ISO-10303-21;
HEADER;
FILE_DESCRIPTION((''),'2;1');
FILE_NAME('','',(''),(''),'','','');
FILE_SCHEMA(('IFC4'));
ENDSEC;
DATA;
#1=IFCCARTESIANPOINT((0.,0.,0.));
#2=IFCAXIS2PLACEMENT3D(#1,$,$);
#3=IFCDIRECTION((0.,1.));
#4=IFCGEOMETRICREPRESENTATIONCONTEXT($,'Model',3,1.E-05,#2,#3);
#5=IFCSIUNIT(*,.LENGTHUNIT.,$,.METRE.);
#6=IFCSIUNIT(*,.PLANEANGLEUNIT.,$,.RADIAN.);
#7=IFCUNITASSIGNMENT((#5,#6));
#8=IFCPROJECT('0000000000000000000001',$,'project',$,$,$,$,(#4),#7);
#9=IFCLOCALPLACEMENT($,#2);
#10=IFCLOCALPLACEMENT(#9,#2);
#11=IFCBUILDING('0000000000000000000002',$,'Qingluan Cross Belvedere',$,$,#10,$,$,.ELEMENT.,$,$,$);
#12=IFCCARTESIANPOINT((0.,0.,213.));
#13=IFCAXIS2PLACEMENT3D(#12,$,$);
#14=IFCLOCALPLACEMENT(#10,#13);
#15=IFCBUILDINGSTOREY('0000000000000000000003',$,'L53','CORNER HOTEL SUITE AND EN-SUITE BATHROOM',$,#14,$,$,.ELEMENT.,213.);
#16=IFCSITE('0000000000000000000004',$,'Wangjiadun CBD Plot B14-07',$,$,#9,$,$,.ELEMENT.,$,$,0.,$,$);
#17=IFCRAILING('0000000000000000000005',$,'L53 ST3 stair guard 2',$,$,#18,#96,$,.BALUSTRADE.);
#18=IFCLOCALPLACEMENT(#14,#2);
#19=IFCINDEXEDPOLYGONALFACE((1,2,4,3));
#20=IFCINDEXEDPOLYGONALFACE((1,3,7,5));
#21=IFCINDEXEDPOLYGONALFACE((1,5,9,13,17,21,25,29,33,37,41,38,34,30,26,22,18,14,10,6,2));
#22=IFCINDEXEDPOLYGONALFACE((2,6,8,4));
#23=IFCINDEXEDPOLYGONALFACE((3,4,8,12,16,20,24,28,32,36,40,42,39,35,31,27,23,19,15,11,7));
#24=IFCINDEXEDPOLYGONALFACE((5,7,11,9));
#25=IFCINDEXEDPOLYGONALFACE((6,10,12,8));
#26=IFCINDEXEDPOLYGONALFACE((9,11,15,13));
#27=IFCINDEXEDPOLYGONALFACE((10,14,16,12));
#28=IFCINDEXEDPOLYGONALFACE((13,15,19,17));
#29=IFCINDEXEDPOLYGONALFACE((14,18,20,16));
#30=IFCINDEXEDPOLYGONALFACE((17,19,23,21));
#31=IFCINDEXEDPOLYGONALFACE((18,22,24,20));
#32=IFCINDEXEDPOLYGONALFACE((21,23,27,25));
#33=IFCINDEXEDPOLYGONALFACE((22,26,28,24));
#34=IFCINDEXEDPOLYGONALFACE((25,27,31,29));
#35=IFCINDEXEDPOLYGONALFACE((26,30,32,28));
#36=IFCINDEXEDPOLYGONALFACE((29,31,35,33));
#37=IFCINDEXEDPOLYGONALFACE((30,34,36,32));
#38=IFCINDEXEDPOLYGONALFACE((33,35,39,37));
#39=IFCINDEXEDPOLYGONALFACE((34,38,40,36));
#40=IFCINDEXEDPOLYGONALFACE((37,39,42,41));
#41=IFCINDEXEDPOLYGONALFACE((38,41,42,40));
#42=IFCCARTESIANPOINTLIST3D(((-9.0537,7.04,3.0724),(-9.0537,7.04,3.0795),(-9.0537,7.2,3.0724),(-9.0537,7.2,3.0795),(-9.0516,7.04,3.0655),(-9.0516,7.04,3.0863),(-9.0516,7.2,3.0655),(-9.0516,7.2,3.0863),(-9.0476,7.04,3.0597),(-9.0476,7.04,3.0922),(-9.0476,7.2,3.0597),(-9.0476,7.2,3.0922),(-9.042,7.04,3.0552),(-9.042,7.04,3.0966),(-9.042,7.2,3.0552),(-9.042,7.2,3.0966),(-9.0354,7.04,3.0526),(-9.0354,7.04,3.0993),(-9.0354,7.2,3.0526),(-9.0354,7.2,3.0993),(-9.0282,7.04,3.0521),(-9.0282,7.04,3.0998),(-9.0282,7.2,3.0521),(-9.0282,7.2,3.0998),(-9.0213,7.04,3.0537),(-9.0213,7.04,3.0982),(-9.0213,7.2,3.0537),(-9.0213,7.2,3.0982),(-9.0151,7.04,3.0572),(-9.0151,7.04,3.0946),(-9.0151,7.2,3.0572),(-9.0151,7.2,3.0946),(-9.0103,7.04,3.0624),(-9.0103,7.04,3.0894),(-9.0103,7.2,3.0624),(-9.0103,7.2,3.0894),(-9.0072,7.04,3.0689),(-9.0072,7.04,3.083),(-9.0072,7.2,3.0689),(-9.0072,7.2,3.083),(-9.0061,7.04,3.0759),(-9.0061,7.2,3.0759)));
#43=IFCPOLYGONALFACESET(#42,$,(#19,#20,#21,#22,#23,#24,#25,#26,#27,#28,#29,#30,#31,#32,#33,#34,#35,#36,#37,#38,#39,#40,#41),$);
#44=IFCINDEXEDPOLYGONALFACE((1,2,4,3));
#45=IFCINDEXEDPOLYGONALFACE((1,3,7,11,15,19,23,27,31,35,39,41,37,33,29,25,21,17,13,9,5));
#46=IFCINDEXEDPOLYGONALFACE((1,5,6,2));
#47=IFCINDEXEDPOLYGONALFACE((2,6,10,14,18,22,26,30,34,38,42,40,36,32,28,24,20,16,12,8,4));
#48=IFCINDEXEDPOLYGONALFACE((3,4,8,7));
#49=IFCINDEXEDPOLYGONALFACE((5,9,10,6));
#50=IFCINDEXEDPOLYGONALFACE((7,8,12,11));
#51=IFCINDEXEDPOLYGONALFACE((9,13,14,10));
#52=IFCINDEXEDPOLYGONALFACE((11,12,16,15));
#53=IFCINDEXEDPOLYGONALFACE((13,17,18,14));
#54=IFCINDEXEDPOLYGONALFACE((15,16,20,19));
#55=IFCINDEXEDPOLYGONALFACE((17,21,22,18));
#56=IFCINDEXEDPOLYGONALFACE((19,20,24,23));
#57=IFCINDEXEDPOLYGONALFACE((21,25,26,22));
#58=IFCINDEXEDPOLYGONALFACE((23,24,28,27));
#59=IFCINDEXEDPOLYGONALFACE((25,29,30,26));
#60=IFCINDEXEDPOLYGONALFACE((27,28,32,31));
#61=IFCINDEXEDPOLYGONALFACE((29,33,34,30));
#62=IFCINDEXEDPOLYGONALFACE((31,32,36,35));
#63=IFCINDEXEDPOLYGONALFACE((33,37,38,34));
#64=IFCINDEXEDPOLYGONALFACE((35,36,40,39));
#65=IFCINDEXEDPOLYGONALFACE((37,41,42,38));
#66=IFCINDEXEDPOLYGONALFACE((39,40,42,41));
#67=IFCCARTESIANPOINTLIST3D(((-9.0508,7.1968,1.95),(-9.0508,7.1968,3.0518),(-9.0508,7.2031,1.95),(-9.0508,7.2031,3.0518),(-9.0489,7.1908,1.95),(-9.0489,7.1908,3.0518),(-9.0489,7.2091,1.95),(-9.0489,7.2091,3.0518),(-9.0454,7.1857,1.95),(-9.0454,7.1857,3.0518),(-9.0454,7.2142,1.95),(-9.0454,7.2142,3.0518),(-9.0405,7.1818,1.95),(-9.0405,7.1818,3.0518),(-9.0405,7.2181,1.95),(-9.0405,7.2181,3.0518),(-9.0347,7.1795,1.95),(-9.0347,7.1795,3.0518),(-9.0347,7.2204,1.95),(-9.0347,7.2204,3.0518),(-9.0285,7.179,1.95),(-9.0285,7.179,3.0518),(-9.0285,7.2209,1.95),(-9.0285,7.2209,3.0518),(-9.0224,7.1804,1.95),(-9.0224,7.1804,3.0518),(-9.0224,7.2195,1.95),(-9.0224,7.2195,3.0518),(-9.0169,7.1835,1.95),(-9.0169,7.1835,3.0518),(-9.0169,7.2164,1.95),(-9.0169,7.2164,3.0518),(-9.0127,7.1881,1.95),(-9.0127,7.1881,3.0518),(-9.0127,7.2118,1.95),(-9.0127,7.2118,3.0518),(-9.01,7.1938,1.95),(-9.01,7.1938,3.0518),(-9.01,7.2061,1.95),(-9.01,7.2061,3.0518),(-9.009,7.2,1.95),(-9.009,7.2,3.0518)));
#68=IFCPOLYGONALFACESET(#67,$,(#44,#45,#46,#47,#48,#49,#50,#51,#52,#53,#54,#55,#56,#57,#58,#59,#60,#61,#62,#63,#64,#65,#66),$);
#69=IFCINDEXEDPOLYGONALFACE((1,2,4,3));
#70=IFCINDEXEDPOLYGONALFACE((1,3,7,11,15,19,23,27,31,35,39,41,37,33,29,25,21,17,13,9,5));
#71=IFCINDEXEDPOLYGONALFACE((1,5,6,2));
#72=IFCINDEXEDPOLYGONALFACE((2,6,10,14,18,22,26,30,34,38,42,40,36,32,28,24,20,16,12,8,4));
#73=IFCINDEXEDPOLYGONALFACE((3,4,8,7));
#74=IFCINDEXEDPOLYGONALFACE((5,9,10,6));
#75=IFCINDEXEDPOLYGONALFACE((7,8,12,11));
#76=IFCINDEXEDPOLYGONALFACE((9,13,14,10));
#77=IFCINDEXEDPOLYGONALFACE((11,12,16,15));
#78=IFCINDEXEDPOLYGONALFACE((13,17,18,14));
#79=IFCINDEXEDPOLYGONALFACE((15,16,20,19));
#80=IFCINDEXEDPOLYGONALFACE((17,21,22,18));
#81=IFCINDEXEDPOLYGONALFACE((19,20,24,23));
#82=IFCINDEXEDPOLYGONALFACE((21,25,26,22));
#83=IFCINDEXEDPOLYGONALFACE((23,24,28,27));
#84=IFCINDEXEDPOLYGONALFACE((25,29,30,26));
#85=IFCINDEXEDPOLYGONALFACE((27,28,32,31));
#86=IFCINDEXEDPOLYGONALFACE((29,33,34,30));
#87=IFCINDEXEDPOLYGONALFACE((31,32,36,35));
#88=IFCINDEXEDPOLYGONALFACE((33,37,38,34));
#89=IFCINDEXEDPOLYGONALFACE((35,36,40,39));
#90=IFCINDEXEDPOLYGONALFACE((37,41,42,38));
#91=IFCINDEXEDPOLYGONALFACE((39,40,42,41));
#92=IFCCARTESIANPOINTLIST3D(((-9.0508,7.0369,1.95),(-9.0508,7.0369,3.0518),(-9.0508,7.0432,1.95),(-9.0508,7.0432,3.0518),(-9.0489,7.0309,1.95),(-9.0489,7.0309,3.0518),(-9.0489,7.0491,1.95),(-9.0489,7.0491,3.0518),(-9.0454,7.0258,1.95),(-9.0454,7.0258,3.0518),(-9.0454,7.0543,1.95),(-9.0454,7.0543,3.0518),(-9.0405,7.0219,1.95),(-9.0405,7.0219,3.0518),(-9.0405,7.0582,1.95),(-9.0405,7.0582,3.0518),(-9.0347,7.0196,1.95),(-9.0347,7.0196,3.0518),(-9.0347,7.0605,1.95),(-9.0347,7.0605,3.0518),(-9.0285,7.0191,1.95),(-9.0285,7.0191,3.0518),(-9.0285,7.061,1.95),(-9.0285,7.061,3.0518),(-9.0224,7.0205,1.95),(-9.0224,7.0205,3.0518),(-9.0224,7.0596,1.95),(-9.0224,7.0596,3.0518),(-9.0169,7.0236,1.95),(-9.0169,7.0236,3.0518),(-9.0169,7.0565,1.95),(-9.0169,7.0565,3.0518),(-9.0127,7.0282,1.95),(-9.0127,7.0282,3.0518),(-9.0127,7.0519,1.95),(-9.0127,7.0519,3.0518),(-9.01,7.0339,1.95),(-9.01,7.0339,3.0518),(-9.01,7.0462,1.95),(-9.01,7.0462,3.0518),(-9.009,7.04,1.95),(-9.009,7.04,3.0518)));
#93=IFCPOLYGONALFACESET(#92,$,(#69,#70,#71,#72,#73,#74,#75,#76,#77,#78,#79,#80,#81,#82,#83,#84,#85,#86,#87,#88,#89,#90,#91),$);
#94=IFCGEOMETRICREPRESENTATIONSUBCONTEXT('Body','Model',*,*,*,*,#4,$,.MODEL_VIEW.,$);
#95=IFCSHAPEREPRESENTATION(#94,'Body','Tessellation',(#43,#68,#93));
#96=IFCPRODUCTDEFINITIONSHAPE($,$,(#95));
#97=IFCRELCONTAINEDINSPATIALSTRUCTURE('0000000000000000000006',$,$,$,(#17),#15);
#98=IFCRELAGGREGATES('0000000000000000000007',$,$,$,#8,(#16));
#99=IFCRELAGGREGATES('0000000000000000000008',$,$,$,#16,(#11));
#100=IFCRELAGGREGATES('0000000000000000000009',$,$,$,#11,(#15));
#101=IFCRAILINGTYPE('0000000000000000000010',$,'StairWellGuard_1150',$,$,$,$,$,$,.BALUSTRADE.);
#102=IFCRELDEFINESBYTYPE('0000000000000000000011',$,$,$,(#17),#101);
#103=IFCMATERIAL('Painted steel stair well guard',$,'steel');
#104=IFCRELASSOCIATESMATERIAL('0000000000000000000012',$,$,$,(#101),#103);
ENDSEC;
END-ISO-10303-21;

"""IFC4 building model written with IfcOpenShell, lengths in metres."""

from ifc_helpers import new_model, si_unit, direction, frame, origin, origin_2d, place, context, subcontext, project, spatial, circle, extrude, material, type_object, element, save


model = new_model("IFC4")

# Units and contexts
model_context = context("Model", 3, precision=1e-05, world=origin(), true_north=direction((0.0, 1.0)))
body_context = subcontext(model_context, "Body", "Model", "MODEL_VIEW")
ifc_project = project(units=[si_unit("LENGTHUNIT", "METRE"), si_unit("PLANEANGLEUNIT", "RADIAN")], contexts=[model_context])

# Site, building, storey
site_placement = place(None, origin())
site = spatial("IfcSite", under=ifc_project, at=site_placement, Name="Wangjiadun CBD Plot B14-07", CompositionType="ELEMENT", RefElevation=0.0)
building_placement = place(site_placement, origin())
building = spatial("IfcBuilding", under=site, at=building_placement, Name="Qingluan Cross Belvedere", CompositionType="ELEMENT")
storey_placement = place(building_placement, frame((0.0, 0.0, 213.0)))
storey = spatial("IfcBuildingStorey", under=building, at=storey_placement, Name="L53", Description="CORNER HOTEL SUITE AND EN-SUITE BATHROOM", CompositionType="ELEMENT", Elevation=213.0)

# Railing
ifc_material_1 = material(Name="Painted steel stair well guard", Category="steel")
railing_type_1 = type_object("IfcRailingType", Name="StairWellGuard_1150", PredefinedType="BALUSTRADE", material=ifc_material_1)
railing_1_placement = place(storey_placement, frame((-9.03, 7.2, 1.95)))
element("IfcRailing", 1, at=railing_1_placement, inside=storey, type_object=railing_type_1, Name="L53 ST3 stair guard 2", PredefinedType="BALUSTRADE", context=body_context, shape_type="SweptSolid", body=[
    extrude(circle(Radius=0.0239, at=origin_2d()), frame((0.0, 0.0, 1.126), z_axis=(0.0, -1.0, 0.0), x_axis=(1.0, 0.0, 0.0)), (0.0, 0.0, 1.0), 0.1599),
    extrude(circle(Radius=0.021, at=origin_2d()), origin(), (0.0, 0.0, 1.0), 1.1018),
    extrude(circle(Radius=0.021, at=origin_2d()), frame((0.0, -0.1599, 0.0)), (0.0, 0.0, 1.0), 1.1018),
])

save(model, "model.ifc")
